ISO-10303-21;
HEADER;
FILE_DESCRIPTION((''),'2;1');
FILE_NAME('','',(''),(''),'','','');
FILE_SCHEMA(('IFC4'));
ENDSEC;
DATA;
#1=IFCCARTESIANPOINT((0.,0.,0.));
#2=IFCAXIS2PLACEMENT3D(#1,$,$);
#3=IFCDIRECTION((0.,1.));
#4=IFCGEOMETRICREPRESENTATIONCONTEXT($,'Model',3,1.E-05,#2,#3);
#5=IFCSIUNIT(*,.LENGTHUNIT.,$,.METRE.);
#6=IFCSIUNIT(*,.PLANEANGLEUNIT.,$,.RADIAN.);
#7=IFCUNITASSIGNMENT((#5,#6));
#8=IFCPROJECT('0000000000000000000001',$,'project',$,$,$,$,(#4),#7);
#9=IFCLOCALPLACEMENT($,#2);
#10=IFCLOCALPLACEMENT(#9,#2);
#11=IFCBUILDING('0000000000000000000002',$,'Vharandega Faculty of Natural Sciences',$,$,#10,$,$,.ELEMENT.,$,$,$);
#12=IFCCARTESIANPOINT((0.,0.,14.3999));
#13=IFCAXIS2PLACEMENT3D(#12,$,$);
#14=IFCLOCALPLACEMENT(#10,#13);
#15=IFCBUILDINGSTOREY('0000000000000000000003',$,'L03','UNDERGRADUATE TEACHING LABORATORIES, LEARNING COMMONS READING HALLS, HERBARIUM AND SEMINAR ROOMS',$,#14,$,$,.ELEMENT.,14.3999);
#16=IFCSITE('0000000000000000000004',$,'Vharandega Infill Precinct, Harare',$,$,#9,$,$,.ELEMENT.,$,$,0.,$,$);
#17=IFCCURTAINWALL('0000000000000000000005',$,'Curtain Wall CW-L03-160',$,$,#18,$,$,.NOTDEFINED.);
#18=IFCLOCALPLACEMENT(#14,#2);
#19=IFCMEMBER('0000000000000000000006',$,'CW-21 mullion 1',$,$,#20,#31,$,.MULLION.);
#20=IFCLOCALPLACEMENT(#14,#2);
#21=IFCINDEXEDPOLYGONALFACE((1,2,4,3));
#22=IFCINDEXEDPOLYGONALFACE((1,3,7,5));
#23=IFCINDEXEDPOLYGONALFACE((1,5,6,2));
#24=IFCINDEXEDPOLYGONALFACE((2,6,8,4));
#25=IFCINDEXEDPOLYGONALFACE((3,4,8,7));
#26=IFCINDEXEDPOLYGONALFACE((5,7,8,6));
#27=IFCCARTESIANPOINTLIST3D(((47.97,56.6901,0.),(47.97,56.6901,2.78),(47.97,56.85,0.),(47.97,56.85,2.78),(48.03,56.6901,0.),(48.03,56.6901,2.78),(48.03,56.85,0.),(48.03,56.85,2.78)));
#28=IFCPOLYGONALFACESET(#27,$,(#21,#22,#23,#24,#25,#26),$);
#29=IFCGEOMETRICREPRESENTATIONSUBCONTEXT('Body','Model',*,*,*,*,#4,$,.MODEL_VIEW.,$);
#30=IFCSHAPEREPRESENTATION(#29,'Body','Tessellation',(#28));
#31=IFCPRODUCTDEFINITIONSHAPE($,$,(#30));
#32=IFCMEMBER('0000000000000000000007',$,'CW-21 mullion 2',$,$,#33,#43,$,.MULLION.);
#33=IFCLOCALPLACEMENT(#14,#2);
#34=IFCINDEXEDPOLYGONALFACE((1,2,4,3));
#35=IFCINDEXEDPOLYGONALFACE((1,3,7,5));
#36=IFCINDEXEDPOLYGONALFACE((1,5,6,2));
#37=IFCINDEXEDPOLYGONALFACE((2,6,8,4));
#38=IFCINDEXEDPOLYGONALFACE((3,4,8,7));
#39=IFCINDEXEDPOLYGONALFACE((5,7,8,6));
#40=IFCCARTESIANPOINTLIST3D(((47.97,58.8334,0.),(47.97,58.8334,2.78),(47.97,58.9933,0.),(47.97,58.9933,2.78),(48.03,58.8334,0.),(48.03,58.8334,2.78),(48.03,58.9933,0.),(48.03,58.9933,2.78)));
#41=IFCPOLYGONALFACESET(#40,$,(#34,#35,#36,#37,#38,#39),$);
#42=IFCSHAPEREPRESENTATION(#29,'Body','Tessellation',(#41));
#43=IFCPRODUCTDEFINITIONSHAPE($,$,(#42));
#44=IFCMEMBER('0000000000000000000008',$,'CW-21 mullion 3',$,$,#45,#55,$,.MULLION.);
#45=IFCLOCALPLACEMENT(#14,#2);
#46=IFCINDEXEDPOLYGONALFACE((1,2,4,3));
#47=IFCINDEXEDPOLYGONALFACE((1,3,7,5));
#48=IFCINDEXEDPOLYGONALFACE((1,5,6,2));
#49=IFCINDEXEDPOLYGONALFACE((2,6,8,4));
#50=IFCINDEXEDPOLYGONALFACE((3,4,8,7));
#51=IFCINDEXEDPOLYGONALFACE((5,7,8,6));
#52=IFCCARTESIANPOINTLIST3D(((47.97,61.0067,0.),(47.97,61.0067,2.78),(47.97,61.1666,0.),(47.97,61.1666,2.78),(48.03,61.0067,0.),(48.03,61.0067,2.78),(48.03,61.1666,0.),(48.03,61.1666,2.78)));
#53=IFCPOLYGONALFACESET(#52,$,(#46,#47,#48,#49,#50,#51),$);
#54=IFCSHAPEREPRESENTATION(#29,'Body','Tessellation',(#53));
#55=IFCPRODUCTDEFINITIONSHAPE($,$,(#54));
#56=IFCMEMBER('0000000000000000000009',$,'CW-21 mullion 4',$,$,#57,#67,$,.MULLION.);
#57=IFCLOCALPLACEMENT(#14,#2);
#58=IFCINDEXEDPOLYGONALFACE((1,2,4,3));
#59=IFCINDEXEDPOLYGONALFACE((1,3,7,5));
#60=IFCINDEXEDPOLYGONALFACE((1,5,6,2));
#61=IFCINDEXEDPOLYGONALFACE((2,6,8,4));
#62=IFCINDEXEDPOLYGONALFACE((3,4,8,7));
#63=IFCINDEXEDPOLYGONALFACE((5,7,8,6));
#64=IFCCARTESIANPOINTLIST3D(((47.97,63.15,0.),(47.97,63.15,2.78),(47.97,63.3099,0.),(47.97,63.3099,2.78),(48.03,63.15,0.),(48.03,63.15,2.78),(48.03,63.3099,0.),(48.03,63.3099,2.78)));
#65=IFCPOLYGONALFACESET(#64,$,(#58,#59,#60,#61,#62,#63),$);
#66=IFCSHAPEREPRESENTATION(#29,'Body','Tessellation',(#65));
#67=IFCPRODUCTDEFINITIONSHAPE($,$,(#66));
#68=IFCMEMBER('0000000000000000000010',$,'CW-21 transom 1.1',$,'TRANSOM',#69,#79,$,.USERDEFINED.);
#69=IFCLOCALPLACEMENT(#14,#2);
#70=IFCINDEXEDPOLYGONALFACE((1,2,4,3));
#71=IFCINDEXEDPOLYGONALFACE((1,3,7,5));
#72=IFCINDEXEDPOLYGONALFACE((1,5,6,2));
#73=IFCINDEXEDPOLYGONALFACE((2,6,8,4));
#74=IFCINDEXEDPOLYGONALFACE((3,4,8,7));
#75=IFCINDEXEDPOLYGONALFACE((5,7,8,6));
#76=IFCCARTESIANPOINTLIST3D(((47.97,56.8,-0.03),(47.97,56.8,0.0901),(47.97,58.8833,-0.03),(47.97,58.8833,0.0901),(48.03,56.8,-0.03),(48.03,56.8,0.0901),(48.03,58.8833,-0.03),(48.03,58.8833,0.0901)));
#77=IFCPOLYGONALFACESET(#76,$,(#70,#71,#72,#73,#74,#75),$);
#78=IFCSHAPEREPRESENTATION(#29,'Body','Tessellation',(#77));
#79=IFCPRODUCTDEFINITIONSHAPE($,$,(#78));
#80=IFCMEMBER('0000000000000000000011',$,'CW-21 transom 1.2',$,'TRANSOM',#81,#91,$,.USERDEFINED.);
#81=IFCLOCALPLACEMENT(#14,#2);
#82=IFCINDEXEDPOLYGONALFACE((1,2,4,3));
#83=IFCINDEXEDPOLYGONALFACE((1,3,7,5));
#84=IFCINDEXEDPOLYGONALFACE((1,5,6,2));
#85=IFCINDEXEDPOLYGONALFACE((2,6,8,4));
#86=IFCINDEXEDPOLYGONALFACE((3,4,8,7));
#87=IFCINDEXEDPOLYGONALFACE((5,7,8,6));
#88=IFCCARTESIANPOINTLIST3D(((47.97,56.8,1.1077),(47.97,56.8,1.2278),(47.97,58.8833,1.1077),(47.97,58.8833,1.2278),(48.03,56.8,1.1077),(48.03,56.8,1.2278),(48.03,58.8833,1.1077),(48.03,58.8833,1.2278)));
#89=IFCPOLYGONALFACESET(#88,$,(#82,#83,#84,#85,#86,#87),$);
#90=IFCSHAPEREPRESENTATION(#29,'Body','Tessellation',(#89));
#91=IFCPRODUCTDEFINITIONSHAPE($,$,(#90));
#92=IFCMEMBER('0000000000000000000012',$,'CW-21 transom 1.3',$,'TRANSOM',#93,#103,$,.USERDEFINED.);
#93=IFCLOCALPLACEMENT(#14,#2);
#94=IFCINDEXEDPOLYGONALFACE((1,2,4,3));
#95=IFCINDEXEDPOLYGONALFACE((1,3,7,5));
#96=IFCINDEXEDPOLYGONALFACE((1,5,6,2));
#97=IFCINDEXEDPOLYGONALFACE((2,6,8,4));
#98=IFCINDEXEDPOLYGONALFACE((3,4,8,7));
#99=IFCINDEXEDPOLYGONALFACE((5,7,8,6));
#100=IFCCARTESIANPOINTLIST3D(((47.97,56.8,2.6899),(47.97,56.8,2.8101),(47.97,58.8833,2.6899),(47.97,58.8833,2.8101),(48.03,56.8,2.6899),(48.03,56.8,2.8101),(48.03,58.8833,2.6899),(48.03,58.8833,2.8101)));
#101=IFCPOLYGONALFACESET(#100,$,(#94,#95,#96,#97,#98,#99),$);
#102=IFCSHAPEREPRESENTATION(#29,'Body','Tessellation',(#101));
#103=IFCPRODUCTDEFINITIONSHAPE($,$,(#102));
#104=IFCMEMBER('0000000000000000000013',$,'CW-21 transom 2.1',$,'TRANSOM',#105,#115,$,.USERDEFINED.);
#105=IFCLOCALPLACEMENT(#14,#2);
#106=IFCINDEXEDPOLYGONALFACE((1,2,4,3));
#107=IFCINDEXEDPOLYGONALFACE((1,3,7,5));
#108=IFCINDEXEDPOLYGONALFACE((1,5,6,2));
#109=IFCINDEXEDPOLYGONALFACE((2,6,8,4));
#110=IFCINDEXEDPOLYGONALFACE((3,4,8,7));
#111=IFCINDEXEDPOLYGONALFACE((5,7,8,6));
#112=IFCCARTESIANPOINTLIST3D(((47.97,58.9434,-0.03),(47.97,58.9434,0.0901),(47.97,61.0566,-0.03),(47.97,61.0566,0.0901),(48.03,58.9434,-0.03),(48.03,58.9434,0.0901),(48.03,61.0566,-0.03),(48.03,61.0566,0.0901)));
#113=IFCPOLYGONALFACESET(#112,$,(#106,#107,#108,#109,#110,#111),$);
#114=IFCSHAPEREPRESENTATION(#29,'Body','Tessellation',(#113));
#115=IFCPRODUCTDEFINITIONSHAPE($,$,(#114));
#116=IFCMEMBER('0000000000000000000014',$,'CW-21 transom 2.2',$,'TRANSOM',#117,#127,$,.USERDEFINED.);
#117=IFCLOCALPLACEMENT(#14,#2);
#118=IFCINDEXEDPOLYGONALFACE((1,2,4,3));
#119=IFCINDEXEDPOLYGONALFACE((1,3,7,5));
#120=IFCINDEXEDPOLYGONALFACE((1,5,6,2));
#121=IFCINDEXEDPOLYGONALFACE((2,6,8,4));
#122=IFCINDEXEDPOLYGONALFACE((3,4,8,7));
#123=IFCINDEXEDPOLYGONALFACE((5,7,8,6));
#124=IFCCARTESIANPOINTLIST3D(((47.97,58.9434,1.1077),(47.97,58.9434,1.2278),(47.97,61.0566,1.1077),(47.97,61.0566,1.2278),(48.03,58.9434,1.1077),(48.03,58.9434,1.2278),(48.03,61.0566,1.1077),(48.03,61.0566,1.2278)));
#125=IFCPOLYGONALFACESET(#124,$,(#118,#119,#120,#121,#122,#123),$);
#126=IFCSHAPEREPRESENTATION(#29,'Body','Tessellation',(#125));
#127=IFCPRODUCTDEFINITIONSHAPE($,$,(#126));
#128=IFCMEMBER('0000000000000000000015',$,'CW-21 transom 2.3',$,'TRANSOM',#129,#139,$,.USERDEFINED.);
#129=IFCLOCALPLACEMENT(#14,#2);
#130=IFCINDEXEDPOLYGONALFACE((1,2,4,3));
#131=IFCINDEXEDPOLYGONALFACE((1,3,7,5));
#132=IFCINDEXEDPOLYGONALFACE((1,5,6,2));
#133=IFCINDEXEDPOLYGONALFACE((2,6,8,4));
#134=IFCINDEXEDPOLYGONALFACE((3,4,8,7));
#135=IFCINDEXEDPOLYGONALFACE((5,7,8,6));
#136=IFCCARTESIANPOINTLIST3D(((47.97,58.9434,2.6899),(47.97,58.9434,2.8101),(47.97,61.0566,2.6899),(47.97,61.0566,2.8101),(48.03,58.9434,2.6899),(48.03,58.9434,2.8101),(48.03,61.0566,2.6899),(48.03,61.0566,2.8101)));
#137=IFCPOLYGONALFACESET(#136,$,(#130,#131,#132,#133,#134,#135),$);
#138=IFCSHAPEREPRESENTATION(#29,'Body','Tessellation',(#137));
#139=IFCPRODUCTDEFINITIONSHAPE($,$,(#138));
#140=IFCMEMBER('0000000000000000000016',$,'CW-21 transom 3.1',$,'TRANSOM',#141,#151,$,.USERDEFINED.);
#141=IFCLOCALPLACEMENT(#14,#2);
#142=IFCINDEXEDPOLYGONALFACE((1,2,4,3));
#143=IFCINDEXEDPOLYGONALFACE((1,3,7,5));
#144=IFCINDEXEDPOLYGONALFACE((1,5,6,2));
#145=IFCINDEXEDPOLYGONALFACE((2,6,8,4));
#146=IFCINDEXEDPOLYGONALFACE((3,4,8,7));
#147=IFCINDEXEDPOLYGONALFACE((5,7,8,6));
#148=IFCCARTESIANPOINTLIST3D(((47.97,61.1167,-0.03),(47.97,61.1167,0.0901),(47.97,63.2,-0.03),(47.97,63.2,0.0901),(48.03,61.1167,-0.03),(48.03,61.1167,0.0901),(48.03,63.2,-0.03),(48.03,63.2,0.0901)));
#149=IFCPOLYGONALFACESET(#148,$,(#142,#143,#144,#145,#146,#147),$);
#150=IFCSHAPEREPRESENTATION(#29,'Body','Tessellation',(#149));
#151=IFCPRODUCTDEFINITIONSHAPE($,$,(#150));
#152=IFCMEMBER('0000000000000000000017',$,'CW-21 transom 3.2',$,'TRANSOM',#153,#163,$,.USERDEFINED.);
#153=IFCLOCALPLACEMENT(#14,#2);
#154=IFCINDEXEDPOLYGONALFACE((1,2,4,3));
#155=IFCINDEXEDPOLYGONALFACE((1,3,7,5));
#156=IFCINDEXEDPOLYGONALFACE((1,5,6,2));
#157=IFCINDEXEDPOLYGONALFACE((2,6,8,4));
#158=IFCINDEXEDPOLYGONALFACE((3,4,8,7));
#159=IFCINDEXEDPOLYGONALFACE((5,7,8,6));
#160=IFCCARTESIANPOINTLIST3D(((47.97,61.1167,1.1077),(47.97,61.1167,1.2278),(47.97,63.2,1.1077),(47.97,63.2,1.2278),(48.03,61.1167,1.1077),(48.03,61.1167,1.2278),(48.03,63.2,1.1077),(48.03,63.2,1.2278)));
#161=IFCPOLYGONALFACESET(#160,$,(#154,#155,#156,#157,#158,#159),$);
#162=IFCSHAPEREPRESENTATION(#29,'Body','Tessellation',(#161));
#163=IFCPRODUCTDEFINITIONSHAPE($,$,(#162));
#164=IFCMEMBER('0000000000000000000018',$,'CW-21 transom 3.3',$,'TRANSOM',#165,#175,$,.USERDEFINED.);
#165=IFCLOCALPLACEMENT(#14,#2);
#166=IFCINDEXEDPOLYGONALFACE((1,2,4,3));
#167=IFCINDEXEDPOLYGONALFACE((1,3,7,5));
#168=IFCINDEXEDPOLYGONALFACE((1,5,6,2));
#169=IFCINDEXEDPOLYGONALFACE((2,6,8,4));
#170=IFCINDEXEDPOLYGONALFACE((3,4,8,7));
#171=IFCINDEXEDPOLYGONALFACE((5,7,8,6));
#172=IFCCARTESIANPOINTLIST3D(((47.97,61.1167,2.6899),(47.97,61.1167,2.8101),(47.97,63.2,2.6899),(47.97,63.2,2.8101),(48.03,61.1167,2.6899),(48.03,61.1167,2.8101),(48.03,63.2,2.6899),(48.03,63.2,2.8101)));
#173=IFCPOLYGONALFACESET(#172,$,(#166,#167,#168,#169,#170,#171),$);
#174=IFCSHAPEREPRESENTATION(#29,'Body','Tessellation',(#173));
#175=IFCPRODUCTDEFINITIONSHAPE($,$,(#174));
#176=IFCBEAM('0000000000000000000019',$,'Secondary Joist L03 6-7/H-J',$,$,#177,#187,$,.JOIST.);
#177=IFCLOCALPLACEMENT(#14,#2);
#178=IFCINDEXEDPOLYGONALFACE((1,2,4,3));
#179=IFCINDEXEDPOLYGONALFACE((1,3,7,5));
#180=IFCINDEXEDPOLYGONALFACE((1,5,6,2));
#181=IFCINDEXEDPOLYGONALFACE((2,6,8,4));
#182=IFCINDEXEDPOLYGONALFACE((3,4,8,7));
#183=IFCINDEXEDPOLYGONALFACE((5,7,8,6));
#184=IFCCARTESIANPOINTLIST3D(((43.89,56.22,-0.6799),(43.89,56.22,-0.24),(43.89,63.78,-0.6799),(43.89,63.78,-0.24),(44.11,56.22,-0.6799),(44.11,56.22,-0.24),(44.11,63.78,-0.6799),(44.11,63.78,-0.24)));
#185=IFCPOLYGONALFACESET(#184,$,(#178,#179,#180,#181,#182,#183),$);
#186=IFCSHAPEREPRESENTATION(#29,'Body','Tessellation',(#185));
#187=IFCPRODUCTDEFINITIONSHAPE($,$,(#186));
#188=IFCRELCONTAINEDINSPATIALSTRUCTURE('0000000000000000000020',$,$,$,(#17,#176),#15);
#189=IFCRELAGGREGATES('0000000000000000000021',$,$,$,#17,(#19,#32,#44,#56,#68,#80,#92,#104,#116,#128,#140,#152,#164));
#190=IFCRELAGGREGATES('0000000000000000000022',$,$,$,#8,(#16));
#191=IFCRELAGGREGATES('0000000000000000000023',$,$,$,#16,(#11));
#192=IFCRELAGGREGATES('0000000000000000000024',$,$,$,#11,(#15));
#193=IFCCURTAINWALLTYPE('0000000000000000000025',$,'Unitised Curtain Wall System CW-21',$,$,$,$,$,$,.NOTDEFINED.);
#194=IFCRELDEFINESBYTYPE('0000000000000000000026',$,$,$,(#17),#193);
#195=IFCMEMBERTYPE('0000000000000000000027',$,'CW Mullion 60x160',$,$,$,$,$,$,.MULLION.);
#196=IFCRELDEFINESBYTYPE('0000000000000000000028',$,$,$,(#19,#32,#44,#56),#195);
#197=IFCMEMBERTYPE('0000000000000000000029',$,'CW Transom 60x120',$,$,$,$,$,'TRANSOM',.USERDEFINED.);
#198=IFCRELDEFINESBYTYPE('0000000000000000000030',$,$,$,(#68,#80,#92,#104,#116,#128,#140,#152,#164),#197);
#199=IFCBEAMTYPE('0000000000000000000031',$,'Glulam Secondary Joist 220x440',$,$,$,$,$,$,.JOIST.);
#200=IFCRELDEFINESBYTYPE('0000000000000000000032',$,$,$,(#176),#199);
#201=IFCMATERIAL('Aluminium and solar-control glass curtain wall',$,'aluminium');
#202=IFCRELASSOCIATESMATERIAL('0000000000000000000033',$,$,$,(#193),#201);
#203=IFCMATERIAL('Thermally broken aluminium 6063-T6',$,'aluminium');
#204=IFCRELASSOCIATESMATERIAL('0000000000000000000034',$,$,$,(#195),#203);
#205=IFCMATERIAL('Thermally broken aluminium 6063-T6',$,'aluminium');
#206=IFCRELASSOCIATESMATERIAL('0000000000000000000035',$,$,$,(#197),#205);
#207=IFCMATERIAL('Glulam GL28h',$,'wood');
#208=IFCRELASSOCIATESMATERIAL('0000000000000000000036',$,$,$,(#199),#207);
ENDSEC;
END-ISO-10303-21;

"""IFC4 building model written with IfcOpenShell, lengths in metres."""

from ifc_helpers import new_model, si_unit, direction, frame, origin, origin_2d, place, context, subcontext, project, spatial, rectangle, extrude, material, material_profile, profile_set, type_object, element, aggregate, save


model = new_model("IFC4")

# Units and contexts
model_context = context("Model", 3, precision=1e-05, world=origin(), true_north=direction((0.0, 1.0)))
body_context = subcontext(model_context, "Body", "Model", "MODEL_VIEW")
ifc_project = project(units=[si_unit("LENGTHUNIT", "METRE"), si_unit("PLANEANGLEUNIT", "RADIAN")], contexts=[model_context])

# Site, building, storey
site_placement = place(None, origin())
site = spatial("IfcSite", under=ifc_project, at=site_placement, Name="Vharandega Infill Precinct, Harare", CompositionType="ELEMENT", RefElevation=0.0)
building_placement = place(site_placement, origin())
building = spatial("IfcBuilding", under=site, at=building_placement, Name="Vharandega Faculty of Natural Sciences", CompositionType="ELEMENT")
storey_placement = place(building_placement, frame((0.0, 0.0, 14.3999)))
storey = spatial("IfcBuildingStorey", under=building, at=storey_placement, Name="L03", Description="UNDERGRADUATE TEACHING LABORATORIES, LEARNING COMMONS READING HALLS, HERBARIUM AND SEMINAR ROOMS", CompositionType="ELEMENT", Elevation=14.3999)

# Curtain wall, members
ifc_material_1 = material(Name="Aluminium and solar-control glass curtain wall", Category="aluminium")
curtain_wall_type = type_object("IfcCurtainWallType", Name="Unitised Curtain Wall System CW-21", PredefinedType="NOTDEFINED", material=ifc_material_1)
curtain_wall_placement = place(storey_placement, origin())
curtain_wall = element("IfcCurtainWall", 1, at=curtain_wall_placement, inside=storey, type_object=curtain_wall_type, Name="Curtain Wall CW-L03-160", PredefinedType="NOTDEFINED")
ifc_material_2 = material(Name="Thermally broken aluminium 6063-T6", Category="aluminium")
ifc_material_profile_1 = material_profile(ifc_material_2, rectangle(XDim=0.0601, YDim=0.1599, at=origin_2d()), Name="ALU 60x160")
ifc_profile_set_1 = profile_set([ifc_material_profile_1], Name="Thermally broken aluminium 6063-T6")
member_type_1 = type_object("IfcMemberType", Name="CW Mullion 60x160", PredefinedType="MULLION", material=ifc_profile_set_1)
member_1_placement = place(storey_placement, frame((48.0, 56.77, 0.0), z_axis=(0.0, 0.0, 1.0), x_axis=(-1.0, 0.0, 0.0)))
member_1 = element("IfcMember", 2, at=member_1_placement, type_object=member_type_1, Name="CW-21 mullion 1", PredefinedType="MULLION", context=body_context, shape_type="SweptSolid", body=[
    extrude(rectangle(XDim=0.0601, YDim=0.1599, at=origin_2d()), origin(), (0.0, 0.0, 1.0), 2.78),
])
member_2_placement = place(storey_placement, frame((48.0, 58.9133, 0.0), z_axis=(0.0, 0.0, 1.0), x_axis=(-1.0, 0.0, 0.0)))
member_2 = element("IfcMember", 3, at=member_2_placement, type_object=member_type_1, Name="CW-21 mullion 2", PredefinedType="MULLION", context=body_context, shape_type="SweptSolid", body=[
    extrude(rectangle(XDim=0.0601, YDim=0.1599, at=origin_2d()), origin(), (0.0, 0.0, 1.0), 2.78),
])
member_3_placement = place(storey_placement, frame((48.0, 61.0867, 0.0), z_axis=(0.0, 0.0, 1.0), x_axis=(-1.0, 0.0, 0.0)))
member_3 = element("IfcMember", 4, at=member_3_placement, type_object=member_type_1, Name="CW-21 mullion 3", PredefinedType="MULLION", context=body_context, shape_type="SweptSolid", body=[
    extrude(rectangle(XDim=0.0601, YDim=0.1599, at=origin_2d()), origin(), (0.0, 0.0, 1.0), 2.78),
])
member_4_placement = place(storey_placement, frame((48.0, 63.23, 0.0), z_axis=(0.0, 0.0, 1.0), x_axis=(-1.0, 0.0, 0.0)))
member_4 = element("IfcMember", 5, at=member_4_placement, type_object=member_type_1, Name="CW-21 mullion 4", PredefinedType="MULLION", context=body_context, shape_type="SweptSolid", body=[
    extrude(rectangle(XDim=0.0601, YDim=0.1599, at=origin_2d()), origin(), (0.0, 0.0, 1.0), 2.78),
])
ifc_material_3 = material(Name="Thermally broken aluminium 6063-T6", Category="aluminium")
ifc_material_profile_2 = material_profile(ifc_material_3, rectangle(XDim=0.0601, YDim=0.1201, at=origin_2d()), Name="ALU 60x120")
ifc_profile_set_2 = profile_set([ifc_material_profile_2], Name="Thermally broken aluminium 6063-T6")
member_type_2 = type_object("IfcMemberType", Name="CW Transom 60x120", ElementType="TRANSOM", PredefinedType="USERDEFINED", material=ifc_profile_set_2)
member_5_placement = place(storey_placement, frame((48.0, 56.8, 0.03), z_axis=(0.0, 1.0, 0.0), x_axis=(-1.0, 0.0, 0.0)))
member_5 = element("IfcMember", 6, at=member_5_placement, type_object=member_type_2, Name="CW-21 transom 1.1", ObjectType="TRANSOM", PredefinedType="USERDEFINED", context=body_context, shape_type="SweptSolid", body=[
    extrude(rectangle(XDim=0.0601, YDim=0.1201, at=origin_2d()), origin(), (0.0, 0.0, 1.0), 2.0833),
])
member_6_placement = place(storey_placement, frame((48.0, 56.8, 1.1677), z_axis=(0.0, 1.0, 0.0), x_axis=(-1.0, 0.0, 0.0)))
member_6 = element("IfcMember", 7, at=member_6_placement, type_object=member_type_2, Name="CW-21 transom 1.2", ObjectType="TRANSOM", PredefinedType="USERDEFINED", context=body_context, shape_type="SweptSolid", body=[
    extrude(rectangle(XDim=0.0601, YDim=0.1201, at=origin_2d()), origin(), (0.0, 0.0, 1.0), 2.0833),
])
member_7_placement = place(storey_placement, frame((48.0, 56.8, 2.75), z_axis=(0.0, 1.0, 0.0), x_axis=(-1.0, 0.0, 0.0)))
member_7 = element("IfcMember", 8, at=member_7_placement, type_object=member_type_2, Name="CW-21 transom 1.3", ObjectType="TRANSOM", PredefinedType="USERDEFINED", context=body_context, shape_type="SweptSolid", body=[
    extrude(rectangle(XDim=0.0601, YDim=0.1201, at=origin_2d()), origin(), (0.0, 0.0, 1.0), 2.0833),
])
member_8_placement = place(storey_placement, frame((48.0, 58.9434, 0.03), z_axis=(0.0, 1.0, 0.0), x_axis=(-1.0, 0.0, 0.0)))
member_8 = element("IfcMember", 9, at=member_8_placement, type_object=member_type_2, Name="CW-21 transom 2.1", ObjectType="TRANSOM", PredefinedType="USERDEFINED", context=body_context, shape_type="SweptSolid", body=[
    extrude(rectangle(XDim=0.0601, YDim=0.1201, at=origin_2d()), origin(), (0.0, 0.0, 1.0), 2.1133),
])
member_9_placement = place(storey_placement, frame((48.0, 58.9434, 1.1677), z_axis=(0.0, 1.0, 0.0), x_axis=(-1.0, 0.0, 0.0)))
member_9 = element("IfcMember", 10, at=member_9_placement, type_object=member_type_2, Name="CW-21 transom 2.2", ObjectType="TRANSOM", PredefinedType="USERDEFINED", context=body_context, shape_type="SweptSolid", body=[
    extrude(rectangle(XDim=0.0601, YDim=0.1201, at=origin_2d()), origin(), (0.0, 0.0, 1.0), 2.1133),
])
member_10_placement = place(storey_placement, frame((48.0, 58.9434, 2.75), z_axis=(0.0, 1.0, 0.0), x_axis=(-1.0, 0.0, 0.0)))
member_10 = element("IfcMember", 11, at=member_10_placement, type_object=member_type_2, Name="CW-21 transom 2.3", ObjectType="TRANSOM", PredefinedType="USERDEFINED", context=body_context, shape_type="SweptSolid", body=[
    extrude(rectangle(XDim=0.0601, YDim=0.1201, at=origin_2d()), origin(), (0.0, 0.0, 1.0), 2.1133),
])
member_11_placement = place(storey_placement, frame((48.0, 61.1167, 0.03), z_axis=(0.0, 1.0, 0.0), x_axis=(-1.0, 0.0, 0.0)))
member_11 = element("IfcMember", 12, at=member_11_placement, type_object=member_type_2, Name="CW-21 transom 3.1", ObjectType="TRANSOM", PredefinedType="USERDEFINED", context=body_context, shape_type="SweptSolid", body=[
    extrude(rectangle(XDim=0.0601, YDim=0.1201, at=origin_2d()), origin(), (0.0, 0.0, 1.0), 2.0833),
])
member_12_placement = place(storey_placement, frame((48.0, 61.1167, 1.1677), z_axis=(0.0, 1.0, 0.0), x_axis=(-1.0, 0.0, 0.0)))
member_12 = element("IfcMember", 13, at=member_12_placement, type_object=member_type_2, Name="CW-21 transom 3.2", ObjectType="TRANSOM", PredefinedType="USERDEFINED", context=body_context, shape_type="SweptSolid", body=[
    extrude(rectangle(XDim=0.0601, YDim=0.1201, at=origin_2d()), origin(), (0.0, 0.0, 1.0), 2.0833),
])
member_13_placement = place(storey_placement, frame((48.0, 61.1167, 2.75), z_axis=(0.0, 1.0, 0.0), x_axis=(-1.0, 0.0, 0.0)))
member_13 = element("IfcMember", 14, at=member_13_placement, type_object=member_type_2, Name="CW-21 transom 3.3", ObjectType="TRANSOM", PredefinedType="USERDEFINED", context=body_context, shape_type="SweptSolid", body=[
    extrude(rectangle(XDim=0.0601, YDim=0.1201, at=origin_2d()), origin(), (0.0, 0.0, 1.0), 2.0833),
])

# Beam
ifc_material_4 = material(Name="Glulam GL28h", Category="wood")
ifc_material_profile_3 = material_profile(ifc_material_4, rectangle(XDim=0.22, YDim=0.4399, at=origin_2d()), Name="GL28h 220x440")
ifc_profile_set_3 = profile_set([ifc_material_profile_3], Name="Glulam GL28h")
beam_type_1 = type_object("IfcBeamType", Name="Glulam Secondary Joist 220x440", PredefinedType="JOIST", material=ifc_profile_set_3)
beam_1_placement = place(storey_placement, frame((44.0, 56.22, -0.46), z_axis=(0.0, 1.0, 0.0), x_axis=(-1.0, 0.0, 0.0)))
element("IfcBeam", 15, at=beam_1_placement, inside=storey, type_object=beam_type_1, Name="Secondary Joist L03 6-7/H-J", PredefinedType="JOIST", context=body_context, shape_type="SweptSolid", body=[
    extrude(rectangle(XDim=0.22, YDim=0.4399, at=origin_2d()), origin(), (0.0, 0.0, 1.0), 7.5601),
])

aggregate(curtain_wall, [member_1, member_2, member_3, member_4, member_5, member_6, member_7, member_8, member_9, member_10, member_11, member_12, member_13])

save(model, "model.ifc")
